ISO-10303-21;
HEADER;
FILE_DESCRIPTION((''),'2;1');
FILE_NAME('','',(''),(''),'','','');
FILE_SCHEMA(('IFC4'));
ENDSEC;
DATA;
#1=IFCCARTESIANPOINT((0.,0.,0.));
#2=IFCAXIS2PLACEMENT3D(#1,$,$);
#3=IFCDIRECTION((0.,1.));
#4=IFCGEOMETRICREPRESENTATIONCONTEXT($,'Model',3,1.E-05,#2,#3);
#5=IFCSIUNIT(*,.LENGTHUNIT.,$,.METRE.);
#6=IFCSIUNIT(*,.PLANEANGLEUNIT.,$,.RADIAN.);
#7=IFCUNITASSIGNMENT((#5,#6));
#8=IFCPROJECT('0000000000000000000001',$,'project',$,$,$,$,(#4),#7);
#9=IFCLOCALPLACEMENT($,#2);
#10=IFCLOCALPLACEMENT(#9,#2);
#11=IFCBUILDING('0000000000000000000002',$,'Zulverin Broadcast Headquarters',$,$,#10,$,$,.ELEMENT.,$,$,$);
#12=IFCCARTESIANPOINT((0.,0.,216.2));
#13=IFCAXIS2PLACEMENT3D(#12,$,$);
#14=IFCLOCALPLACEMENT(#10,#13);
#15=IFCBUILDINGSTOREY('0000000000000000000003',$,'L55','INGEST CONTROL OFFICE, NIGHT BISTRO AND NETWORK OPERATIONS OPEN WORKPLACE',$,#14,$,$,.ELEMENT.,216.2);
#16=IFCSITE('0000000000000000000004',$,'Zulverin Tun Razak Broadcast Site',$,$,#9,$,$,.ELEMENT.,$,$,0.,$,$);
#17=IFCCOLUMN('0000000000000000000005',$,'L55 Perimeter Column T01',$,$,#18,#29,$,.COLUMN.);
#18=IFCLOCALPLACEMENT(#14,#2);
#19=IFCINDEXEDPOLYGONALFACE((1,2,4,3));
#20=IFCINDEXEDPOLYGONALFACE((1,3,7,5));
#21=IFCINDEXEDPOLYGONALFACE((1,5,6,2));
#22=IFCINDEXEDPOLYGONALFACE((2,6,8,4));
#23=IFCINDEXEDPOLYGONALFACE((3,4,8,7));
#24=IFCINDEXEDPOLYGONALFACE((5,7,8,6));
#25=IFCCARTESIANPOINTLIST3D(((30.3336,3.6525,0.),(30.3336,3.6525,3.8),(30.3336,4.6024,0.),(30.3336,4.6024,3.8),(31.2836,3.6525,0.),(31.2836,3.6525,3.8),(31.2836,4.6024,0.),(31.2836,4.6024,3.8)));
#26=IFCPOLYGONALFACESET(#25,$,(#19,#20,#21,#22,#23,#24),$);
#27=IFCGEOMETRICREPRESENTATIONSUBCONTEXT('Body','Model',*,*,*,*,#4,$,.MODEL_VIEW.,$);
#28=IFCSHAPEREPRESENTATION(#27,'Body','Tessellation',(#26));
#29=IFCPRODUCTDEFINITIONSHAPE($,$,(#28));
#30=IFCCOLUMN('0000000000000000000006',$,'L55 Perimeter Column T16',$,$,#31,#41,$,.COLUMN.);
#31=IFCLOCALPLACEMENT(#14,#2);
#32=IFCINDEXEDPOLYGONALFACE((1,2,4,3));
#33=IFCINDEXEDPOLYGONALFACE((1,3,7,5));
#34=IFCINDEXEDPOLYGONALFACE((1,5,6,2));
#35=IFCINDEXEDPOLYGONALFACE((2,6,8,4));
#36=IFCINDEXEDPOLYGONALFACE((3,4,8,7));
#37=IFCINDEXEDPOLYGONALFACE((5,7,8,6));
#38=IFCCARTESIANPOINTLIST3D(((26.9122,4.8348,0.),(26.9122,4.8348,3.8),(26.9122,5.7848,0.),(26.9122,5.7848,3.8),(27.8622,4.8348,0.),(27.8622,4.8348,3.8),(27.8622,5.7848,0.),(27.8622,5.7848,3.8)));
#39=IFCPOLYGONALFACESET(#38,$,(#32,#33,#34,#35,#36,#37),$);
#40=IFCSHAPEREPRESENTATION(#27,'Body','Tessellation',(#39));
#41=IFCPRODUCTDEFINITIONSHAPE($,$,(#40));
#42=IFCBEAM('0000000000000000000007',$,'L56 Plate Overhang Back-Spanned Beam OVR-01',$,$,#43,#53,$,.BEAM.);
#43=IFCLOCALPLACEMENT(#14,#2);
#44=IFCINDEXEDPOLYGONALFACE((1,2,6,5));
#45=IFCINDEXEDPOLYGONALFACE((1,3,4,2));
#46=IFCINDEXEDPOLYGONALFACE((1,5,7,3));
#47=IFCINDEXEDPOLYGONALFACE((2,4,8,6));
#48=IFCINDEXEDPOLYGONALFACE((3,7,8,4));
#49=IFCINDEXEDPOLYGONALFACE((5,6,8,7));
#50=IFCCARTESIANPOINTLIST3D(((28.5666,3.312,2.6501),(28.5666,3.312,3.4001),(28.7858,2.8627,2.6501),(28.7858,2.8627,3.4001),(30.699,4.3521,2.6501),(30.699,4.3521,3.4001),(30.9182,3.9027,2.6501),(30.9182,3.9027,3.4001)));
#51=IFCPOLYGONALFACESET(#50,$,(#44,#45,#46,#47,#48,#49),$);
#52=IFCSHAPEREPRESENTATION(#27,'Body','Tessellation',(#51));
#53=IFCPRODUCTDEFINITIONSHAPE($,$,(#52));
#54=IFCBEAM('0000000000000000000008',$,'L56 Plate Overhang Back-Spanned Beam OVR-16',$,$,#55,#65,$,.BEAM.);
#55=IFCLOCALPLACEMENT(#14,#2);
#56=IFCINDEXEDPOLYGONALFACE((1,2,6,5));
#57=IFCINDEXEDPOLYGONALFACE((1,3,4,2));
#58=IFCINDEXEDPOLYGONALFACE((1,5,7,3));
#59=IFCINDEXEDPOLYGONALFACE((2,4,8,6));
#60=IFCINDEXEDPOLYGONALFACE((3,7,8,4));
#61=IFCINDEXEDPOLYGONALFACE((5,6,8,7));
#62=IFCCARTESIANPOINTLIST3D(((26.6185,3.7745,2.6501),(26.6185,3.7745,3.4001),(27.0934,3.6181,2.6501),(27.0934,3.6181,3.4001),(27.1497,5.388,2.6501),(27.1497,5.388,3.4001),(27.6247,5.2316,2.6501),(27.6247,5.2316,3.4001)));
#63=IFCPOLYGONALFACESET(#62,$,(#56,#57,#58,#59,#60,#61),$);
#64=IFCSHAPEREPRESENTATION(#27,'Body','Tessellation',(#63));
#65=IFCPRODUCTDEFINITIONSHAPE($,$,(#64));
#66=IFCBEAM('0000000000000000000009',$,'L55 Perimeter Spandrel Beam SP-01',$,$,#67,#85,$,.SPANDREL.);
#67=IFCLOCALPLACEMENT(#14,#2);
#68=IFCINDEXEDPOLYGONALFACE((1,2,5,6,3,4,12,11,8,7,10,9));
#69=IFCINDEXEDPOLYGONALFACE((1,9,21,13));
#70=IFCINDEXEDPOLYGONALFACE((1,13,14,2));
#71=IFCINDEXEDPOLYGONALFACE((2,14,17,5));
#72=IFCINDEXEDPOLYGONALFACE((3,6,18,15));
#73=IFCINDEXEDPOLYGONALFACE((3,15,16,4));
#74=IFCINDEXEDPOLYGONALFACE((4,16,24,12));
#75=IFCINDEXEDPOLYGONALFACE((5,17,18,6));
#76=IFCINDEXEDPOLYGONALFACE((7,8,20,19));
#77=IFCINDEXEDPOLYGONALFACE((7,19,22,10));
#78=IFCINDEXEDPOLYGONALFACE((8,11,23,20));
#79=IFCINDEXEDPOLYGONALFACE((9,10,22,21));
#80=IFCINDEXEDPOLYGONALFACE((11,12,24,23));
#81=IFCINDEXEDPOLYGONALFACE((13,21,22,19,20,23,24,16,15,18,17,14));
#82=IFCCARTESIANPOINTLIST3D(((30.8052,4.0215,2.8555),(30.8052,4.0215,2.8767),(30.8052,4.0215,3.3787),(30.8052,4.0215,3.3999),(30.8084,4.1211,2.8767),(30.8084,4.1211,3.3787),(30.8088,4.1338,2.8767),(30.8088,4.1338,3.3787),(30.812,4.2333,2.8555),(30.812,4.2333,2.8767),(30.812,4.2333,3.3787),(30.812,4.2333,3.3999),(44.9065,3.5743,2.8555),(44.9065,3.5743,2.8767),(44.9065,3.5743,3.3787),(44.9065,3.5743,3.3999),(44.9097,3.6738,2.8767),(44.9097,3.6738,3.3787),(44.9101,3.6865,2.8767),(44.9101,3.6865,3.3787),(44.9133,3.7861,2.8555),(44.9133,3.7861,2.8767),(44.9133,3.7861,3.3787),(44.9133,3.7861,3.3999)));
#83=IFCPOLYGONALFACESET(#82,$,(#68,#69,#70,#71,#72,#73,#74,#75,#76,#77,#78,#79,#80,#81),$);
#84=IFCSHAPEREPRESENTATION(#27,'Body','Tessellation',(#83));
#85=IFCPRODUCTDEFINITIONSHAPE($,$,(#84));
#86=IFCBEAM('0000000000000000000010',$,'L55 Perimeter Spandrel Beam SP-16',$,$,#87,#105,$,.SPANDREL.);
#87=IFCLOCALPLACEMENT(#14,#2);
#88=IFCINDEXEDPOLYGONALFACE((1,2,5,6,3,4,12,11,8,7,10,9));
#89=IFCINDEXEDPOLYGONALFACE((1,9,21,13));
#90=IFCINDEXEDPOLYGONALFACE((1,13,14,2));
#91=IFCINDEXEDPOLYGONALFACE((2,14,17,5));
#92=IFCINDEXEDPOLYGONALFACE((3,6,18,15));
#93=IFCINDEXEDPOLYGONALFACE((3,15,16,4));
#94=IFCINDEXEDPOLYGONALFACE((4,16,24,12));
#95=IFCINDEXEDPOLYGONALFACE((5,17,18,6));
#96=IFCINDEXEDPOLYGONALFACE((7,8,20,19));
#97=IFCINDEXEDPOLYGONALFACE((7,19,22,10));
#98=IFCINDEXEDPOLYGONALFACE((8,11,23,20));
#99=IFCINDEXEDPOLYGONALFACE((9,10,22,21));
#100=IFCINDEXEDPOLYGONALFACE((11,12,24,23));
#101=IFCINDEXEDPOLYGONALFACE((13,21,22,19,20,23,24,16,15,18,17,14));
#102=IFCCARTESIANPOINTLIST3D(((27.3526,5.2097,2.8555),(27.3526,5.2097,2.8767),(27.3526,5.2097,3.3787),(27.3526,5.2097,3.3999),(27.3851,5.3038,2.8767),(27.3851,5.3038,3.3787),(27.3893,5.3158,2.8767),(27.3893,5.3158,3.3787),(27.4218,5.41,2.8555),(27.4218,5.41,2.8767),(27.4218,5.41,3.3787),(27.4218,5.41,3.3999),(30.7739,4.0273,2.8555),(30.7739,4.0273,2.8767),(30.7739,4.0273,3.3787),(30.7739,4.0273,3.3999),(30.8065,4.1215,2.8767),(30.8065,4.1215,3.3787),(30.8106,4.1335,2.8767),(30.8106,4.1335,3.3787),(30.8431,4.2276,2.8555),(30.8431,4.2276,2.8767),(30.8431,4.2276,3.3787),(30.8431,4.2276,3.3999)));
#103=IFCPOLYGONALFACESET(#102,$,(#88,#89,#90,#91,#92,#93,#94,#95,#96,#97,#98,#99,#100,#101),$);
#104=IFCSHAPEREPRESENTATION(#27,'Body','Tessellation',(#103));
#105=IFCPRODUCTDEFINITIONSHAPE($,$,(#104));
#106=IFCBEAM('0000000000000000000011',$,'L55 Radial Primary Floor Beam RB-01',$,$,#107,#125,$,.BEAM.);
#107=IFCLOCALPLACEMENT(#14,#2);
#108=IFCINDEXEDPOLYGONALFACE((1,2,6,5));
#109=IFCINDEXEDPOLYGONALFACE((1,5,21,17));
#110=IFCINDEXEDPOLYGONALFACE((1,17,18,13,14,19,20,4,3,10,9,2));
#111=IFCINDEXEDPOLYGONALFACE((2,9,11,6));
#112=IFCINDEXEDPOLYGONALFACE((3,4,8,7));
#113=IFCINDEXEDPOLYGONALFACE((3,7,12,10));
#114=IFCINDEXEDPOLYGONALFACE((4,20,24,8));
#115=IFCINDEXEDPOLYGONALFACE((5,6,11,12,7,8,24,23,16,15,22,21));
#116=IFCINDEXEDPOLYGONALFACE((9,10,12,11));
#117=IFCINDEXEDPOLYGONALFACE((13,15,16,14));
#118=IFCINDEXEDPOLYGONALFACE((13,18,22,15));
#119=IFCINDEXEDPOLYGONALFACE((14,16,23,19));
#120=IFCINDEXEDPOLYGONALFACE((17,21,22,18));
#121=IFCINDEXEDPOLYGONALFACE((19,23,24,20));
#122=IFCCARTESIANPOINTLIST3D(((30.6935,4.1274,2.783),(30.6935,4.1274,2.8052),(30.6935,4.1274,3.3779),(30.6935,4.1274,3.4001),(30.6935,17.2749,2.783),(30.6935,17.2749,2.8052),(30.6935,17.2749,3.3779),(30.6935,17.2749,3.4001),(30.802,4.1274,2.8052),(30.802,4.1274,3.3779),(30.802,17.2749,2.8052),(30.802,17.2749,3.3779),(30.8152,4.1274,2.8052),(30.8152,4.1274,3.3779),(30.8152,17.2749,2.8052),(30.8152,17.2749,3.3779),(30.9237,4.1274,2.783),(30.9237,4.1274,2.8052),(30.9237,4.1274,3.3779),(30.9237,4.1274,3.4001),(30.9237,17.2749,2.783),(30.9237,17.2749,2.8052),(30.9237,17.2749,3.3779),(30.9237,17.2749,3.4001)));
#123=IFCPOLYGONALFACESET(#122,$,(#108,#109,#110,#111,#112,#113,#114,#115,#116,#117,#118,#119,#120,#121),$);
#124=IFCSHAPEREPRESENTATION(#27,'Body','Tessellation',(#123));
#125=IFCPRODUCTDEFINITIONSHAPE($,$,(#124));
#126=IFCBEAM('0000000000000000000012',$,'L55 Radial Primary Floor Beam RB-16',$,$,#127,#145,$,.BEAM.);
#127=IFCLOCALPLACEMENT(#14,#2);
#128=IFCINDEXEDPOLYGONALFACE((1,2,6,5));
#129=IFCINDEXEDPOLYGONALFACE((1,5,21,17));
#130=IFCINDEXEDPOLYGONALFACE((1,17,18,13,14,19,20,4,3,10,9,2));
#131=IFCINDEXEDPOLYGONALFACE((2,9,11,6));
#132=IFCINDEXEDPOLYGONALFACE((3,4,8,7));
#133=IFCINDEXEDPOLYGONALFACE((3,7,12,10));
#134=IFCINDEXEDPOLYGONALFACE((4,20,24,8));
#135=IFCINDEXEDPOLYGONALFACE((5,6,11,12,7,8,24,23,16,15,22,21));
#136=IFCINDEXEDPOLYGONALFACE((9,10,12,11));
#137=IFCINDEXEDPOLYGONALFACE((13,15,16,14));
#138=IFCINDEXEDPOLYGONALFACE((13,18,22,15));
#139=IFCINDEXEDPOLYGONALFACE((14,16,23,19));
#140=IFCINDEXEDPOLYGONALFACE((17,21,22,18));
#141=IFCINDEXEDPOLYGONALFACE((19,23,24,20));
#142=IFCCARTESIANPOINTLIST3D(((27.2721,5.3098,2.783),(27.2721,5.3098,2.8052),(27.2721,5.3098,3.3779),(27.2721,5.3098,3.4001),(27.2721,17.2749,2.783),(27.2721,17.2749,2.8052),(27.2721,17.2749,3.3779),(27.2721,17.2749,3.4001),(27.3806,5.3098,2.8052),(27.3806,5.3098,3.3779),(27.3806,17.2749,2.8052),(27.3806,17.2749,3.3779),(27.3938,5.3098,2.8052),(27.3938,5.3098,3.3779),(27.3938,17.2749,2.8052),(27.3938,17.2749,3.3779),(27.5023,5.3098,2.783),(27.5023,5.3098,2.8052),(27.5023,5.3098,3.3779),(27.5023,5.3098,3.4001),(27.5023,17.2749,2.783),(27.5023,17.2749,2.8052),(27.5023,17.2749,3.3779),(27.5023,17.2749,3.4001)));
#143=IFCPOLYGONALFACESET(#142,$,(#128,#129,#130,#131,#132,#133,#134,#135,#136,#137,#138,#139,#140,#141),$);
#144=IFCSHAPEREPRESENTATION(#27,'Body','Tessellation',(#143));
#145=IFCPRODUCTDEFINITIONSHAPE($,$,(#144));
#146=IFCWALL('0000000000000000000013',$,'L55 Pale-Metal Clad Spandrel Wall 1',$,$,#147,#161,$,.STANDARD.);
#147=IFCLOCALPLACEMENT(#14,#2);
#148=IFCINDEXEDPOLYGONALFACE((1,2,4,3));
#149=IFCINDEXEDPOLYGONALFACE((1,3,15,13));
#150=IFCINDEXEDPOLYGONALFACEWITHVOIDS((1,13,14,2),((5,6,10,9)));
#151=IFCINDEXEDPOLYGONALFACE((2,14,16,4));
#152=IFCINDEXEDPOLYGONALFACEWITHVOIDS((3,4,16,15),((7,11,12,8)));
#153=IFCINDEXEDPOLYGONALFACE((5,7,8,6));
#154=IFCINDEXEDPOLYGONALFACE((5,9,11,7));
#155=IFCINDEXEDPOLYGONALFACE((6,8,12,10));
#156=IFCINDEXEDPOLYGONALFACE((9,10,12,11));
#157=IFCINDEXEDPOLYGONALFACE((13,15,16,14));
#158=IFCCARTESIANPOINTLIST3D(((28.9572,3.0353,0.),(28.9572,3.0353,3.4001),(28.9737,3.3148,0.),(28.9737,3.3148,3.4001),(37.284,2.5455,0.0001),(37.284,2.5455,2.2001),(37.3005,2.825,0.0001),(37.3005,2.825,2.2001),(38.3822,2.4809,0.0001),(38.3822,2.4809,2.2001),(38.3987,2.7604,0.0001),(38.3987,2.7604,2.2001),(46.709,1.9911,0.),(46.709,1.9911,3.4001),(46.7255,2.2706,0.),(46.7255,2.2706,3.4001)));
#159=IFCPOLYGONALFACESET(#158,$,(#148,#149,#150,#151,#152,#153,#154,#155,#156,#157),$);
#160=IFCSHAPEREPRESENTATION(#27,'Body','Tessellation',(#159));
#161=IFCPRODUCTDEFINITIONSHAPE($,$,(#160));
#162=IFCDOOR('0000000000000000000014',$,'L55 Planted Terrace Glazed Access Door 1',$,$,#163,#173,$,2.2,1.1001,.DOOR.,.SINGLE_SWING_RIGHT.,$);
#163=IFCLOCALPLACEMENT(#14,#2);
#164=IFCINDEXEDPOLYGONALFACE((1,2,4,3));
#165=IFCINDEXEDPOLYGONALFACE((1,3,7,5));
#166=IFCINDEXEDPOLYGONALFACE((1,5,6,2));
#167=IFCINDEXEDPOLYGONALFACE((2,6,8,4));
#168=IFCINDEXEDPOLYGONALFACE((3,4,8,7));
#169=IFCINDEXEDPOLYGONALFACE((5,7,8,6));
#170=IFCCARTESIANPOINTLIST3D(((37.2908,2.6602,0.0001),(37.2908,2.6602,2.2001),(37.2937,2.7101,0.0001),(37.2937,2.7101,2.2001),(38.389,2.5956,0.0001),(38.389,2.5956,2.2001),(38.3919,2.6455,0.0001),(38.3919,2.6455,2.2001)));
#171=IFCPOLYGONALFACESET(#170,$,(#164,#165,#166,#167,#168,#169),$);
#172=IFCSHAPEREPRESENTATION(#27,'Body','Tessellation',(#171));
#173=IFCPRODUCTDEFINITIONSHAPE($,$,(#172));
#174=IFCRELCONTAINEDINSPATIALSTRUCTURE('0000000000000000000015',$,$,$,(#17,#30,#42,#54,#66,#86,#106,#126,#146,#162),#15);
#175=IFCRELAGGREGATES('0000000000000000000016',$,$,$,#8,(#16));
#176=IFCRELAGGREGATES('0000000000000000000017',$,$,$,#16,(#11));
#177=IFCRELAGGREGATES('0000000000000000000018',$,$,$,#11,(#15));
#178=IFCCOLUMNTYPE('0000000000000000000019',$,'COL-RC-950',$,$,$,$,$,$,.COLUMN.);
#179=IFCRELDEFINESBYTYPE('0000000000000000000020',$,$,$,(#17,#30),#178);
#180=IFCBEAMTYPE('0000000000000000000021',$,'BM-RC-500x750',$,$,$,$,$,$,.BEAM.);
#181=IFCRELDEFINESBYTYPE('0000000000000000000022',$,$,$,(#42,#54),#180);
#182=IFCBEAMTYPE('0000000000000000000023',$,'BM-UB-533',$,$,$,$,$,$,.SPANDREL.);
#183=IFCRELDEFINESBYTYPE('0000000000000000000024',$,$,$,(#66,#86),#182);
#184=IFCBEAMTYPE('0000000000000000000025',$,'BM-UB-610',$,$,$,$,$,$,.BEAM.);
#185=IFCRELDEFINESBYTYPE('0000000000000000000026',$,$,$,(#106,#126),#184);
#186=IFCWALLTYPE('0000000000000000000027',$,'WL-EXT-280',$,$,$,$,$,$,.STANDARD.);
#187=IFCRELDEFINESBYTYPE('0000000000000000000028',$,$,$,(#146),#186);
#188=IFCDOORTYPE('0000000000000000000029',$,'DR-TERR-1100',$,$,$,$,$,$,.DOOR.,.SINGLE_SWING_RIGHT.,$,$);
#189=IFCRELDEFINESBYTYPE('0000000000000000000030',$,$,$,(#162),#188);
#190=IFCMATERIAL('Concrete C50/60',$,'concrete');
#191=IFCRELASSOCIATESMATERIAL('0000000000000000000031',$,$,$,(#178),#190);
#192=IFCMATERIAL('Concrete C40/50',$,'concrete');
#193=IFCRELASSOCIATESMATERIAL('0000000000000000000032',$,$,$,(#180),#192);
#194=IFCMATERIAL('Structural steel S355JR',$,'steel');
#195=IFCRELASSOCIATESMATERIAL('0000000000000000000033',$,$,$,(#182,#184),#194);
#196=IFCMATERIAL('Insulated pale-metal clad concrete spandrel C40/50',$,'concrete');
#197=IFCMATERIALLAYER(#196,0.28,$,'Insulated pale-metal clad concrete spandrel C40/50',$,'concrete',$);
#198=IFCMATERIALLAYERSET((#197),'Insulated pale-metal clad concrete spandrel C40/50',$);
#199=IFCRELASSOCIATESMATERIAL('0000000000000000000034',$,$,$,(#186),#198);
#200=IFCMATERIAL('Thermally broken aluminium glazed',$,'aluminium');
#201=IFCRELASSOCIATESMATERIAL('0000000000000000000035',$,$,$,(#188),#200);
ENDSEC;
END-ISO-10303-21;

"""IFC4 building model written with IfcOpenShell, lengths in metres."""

from ifc_helpers import new_model, si_unit, direction, frame, frame_2d, origin, origin_2d, place, context, subcontext, project, spatial, rectangle, i_section, extrude, material, layer, layer_set, material_profile, profile_set, type_object, element, fill, save


model = new_model("IFC4")

# Units and contexts
model_context = context("Model", 3, precision=1e-05, world=origin(), true_north=direction((0.0, 1.0)))
body_context = subcontext(model_context, "Body", "Model", "MODEL_VIEW")
ifc_project = project(units=[si_unit("LENGTHUNIT", "METRE"), si_unit("PLANEANGLEUNIT", "RADIAN")], contexts=[model_context])

# Site, building, storey
site_placement = place(None, origin())
site = spatial("IfcSite", under=ifc_project, at=site_placement, Name="Zulverin Tun Razak Broadcast Site", CompositionType="ELEMENT", RefElevation=0.0)
building_placement = place(site_placement, origin())
building = spatial("IfcBuilding", under=site, at=building_placement, Name="Zulverin Broadcast Headquarters", CompositionType="ELEMENT")
storey_placement = place(building_placement, frame((0.0, 0.0, 216.2)))
storey = spatial("IfcBuildingStorey", under=building, at=storey_placement, Name="L55", Description="INGEST CONTROL OFFICE, NIGHT BISTRO AND NETWORK OPERATIONS OPEN WORKPLACE", CompositionType="ELEMENT", Elevation=216.2)

# Columns
ifc_material_1 = material(Name="Concrete C50/60", Category="concrete")
ifc_material_profile_1 = material_profile(ifc_material_1, rectangle(XDim=0.95, YDim=0.95, at=origin_2d()), Name="Concrete C50/60", Category="concrete")
ifc_profile_set_1 = profile_set([ifc_material_profile_1], Name="Concrete C50/60")
column_type = type_object("IfcColumnType", Name="COL-RC-950", PredefinedType="COLUMN", material=ifc_profile_set_1)
for number, where, z_axis, x_axis, name in (
    (1, (30.8086, 4.1274, 0.0), (0.0, 0.0, 1.0), (1.0, 0.0, 0.0), "L55 Perimeter Column T01"),
    (2, (27.3872, 5.3098, 0.0), (0.0, 0.0, 1.0), (1.0, 0.0, 0.0), "L55 Perimeter Column T16"),
):
    element("IfcColumn", number, at=place(storey_placement, frame(where, z_axis=z_axis, x_axis=x_axis)), inside=storey, type_object=column_type, Name=name, PredefinedType="COLUMN", context=body_context, shape_type="SweptSolid", body=[
        extrude(rectangle(XDim=0.95, YDim=0.95, at=origin_2d()), origin(), (0.0, 0.0, 1.0), 3.8),
    ])

# Beams
ifc_material_2 = material(Name="Concrete C40/50", Category="concrete")
ifc_material_profile_2 = material_profile(ifc_material_2, rectangle(XDim=0.5, YDim=0.75, at=origin_2d()), Name="Concrete C40/50", Category="concrete")
ifc_profile_set_2 = profile_set([ifc_material_profile_2], Name="Concrete C40/50")
beam_type_1 = type_object("IfcBeamType", Name="BM-RC-500x750", PredefinedType="BEAM", material=ifc_profile_set_2)
beam_1_placement = place(storey_placement, frame((30.8086, 4.1274, 3.0251), z_axis=(-0.898788, -0.438383, 0.0), x_axis=(0.438383, -0.898788, 0.0)))
element("IfcBeam", 3, at=beam_1_placement, inside=storey, type_object=beam_type_1, Name="L56 Plate Overhang Back-Spanned Beam OVR-01", PredefinedType="BEAM", context=body_context, shape_type="SweptSolid", body=[
    extrude(rectangle(XDim=0.5, YDim=0.75, at=origin_2d()), origin(), (0.0, 0.0, 1.0), 2.3726),
])
beam_2_placement = place(storey_placement, frame((27.3872, 5.3098, 3.0251), z_axis=(-0.312733, -0.949841, 0.0), x_axis=(0.949841, -0.312733, 0.0)))
element("IfcBeam", 4, at=beam_2_placement, inside=storey, type_object=beam_type_1, Name="L56 Plate Overhang Back-Spanned Beam OVR-16", PredefinedType="BEAM", context=body_context, shape_type="SweptSolid", body=[
    extrude(rectangle(XDim=0.5, YDim=0.75, at=origin_2d()), origin(), (0.0, 0.0, 1.0), 1.6987),
])
ifc_material_3 = material(Name="Structural steel S355JR", Category="steel")
ifc_material_profile_3 = material_profile(ifc_material_3, i_section(OverallWidth=0.2119, OverallDepth=0.5444, WebThickness=0.0127, FlangeThickness=0.0212, at=origin_2d()), Name="Structural steel S355JR", Category="steel")
ifc_profile_set_3 = profile_set([ifc_material_profile_3], Name="Structural steel S355JR")
beam_type_2 = type_object("IfcBeamType", Name="BM-UB-533", PredefinedType="SPANDREL", material=ifc_profile_set_3)
beam_3_placement = place(storey_placement, frame((30.8086, 4.1274, 3.1277), z_axis=(0.999497, -0.031702, 0.0), x_axis=(0.031702, 0.999497, 0.0)))
element("IfcBeam", 5, at=beam_3_placement, inside=storey, type_object=beam_type_2, Name="L55 Perimeter Spandrel Beam SP-01", PredefinedType="SPANDREL", context=body_context, shape_type="SweptSolid", body=[
    extrude(i_section(OverallWidth=0.2119, OverallDepth=0.5444, WebThickness=0.0127, FlangeThickness=0.0212, at=origin_2d()), origin(), (0.0, 0.0, 1.0), 14.1084),
])
beam_4_placement = place(storey_placement, frame((27.3872, 5.3098, 3.1277), z_axis=(0.945153, -0.326629, 0.0), x_axis=(0.326629, 0.945153, 0.0)))
element("IfcBeam", 6, at=beam_4_placement, inside=storey, type_object=beam_type_2, Name="L55 Perimeter Spandrel Beam SP-16", PredefinedType="SPANDREL", context=body_context, shape_type="SweptSolid", body=[
    extrude(i_section(OverallWidth=0.2119, OverallDepth=0.5444, WebThickness=0.0127, FlangeThickness=0.0212, at=origin_2d()), origin(), (0.0, 0.0, 1.0), 3.6199),
])
ifc_material_profile_4 = material_profile(ifc_material_3, i_section(OverallWidth=0.2302, OverallDepth=0.6172, WebThickness=0.0132, FlangeThickness=0.0222, at=origin_2d()), Name="Structural steel S355JR", Category="steel")
ifc_profile_set_4 = profile_set([ifc_material_profile_4], Name="Structural steel S355JR")
beam_type_3 = type_object("IfcBeamType", Name="BM-UB-610", PredefinedType="BEAM", material=ifc_profile_set_4)
beam_5_placement = place(storey_placement, frame((30.8086, 17.2749, 3.0916), z_axis=(0.0, -1.0, 0.0), x_axis=(1.0, 0.0, 0.0)))
element("IfcBeam", 7, at=beam_5_placement, inside=storey, type_object=beam_type_3, Name="L55 Radial Primary Floor Beam RB-01", PredefinedType="BEAM", context=body_context, shape_type="SweptSolid", body=[
    extrude(i_section(OverallWidth=0.2302, OverallDepth=0.6172, WebThickness=0.0132, FlangeThickness=0.0222, at=origin_2d()), origin(), (0.0, 0.0, 1.0), 13.1475),
])
beam_6_placement = place(storey_placement, frame((27.3872, 17.2749, 3.0916), z_axis=(0.0, -1.0, 0.0), x_axis=(1.0, 0.0, 0.0)))
element("IfcBeam", 8, at=beam_6_placement, inside=storey, type_object=beam_type_3, Name="L55 Radial Primary Floor Beam RB-16", PredefinedType="BEAM", context=body_context, shape_type="SweptSolid", body=[
    extrude(i_section(OverallWidth=0.2302, OverallDepth=0.6172, WebThickness=0.0132, FlangeThickness=0.0222, at=origin_2d()), origin(), (0.0, 0.0, 1.0), 11.9651),
])

# Wall, opening, door
ifc_material_4 = material(Name="Insulated pale-metal clad concrete spandrel C40/50", Category="concrete")
ifc_layer_1 = layer(ifc_material_4, 0.28, Name="Insulated pale-metal clad concrete spandrel C40/50", Category="concrete")
ifc_layer_set_1 = layer_set([ifc_layer_1], Name="Insulated pale-metal clad concrete spandrel C40/50")
wall_type_1 = type_object("IfcWallType", Name="WL-EXT-280", PredefinedType="STANDARD", material=ifc_layer_set_1)
wall_1_placement = place(storey_placement, frame((28.9656, 3.175, 0.0), z_axis=(0.0, 0.0, 1.0), x_axis=(0.998274, -0.05872, 0.0)))
wall_1 = element("IfcWall", 9, at=wall_1_placement, inside=storey, type_object=wall_type_1, Name="L55 Pale-Metal Clad Spandrel Wall 1", PredefinedType="STANDARD", context=body_context, shape_type="SweptSolid", body=[
    extrude(rectangle(XDim=17.7825, YDim=0.28, at=frame_2d((8.8911, 0.0))), origin(), (0.0, 0.0, 1.0), 3.4001),
])
opening_placement = place(wall_1_placement, frame((8.3411, 0.0, 0.0)))
opening = element("IfcOpeningElement", 10, at=opening_placement, cuts=wall_1, PredefinedType="OPENING", context=body_context, shape_type="SweptSolid", body=[
    extrude(rectangle(XDim=1.1001, YDim=2.2, at=frame_2d((0.55, 1.1001))), frame((0.0, 0.1499, 0.0), z_axis=(0.0, -1.0, 0.0), x_axis=(1.0, 0.0, 0.0)), (0.0, 0.0, 1.0), 0.3),
])
ifc_material_5 = material(Name="Thermally broken aluminium glazed", Category="aluminium")
door_type = type_object("IfcDoorType", Name="DR-TERR-1100", OperationType="SINGLE_SWING_RIGHT", PredefinedType="DOOR", material=ifc_material_5)
door_placement = place(opening_placement, origin())
door = element("IfcDoor", 11, at=door_placement, inside=storey, type_object=door_type, Name="L55 Planted Terrace Glazed Access Door 1", OperationType="SINGLE_SWING_RIGHT", OverallHeight=2.2, OverallWidth=1.1001, PredefinedType="DOOR", context=body_context, shape_type="SweptSolid", body=[
    extrude(rectangle(XDim=1.1001, YDim=2.2, at=frame_2d((0.55, 1.1001))), frame((0.0, 0.0249, 0.0), z_axis=(0.0, -1.0, 0.0), x_axis=(1.0, 0.0, 0.0)), (0.0, 0.0, 1.0), 0.05),
])
fill(opening, door)

save(model, "model.ifc")
